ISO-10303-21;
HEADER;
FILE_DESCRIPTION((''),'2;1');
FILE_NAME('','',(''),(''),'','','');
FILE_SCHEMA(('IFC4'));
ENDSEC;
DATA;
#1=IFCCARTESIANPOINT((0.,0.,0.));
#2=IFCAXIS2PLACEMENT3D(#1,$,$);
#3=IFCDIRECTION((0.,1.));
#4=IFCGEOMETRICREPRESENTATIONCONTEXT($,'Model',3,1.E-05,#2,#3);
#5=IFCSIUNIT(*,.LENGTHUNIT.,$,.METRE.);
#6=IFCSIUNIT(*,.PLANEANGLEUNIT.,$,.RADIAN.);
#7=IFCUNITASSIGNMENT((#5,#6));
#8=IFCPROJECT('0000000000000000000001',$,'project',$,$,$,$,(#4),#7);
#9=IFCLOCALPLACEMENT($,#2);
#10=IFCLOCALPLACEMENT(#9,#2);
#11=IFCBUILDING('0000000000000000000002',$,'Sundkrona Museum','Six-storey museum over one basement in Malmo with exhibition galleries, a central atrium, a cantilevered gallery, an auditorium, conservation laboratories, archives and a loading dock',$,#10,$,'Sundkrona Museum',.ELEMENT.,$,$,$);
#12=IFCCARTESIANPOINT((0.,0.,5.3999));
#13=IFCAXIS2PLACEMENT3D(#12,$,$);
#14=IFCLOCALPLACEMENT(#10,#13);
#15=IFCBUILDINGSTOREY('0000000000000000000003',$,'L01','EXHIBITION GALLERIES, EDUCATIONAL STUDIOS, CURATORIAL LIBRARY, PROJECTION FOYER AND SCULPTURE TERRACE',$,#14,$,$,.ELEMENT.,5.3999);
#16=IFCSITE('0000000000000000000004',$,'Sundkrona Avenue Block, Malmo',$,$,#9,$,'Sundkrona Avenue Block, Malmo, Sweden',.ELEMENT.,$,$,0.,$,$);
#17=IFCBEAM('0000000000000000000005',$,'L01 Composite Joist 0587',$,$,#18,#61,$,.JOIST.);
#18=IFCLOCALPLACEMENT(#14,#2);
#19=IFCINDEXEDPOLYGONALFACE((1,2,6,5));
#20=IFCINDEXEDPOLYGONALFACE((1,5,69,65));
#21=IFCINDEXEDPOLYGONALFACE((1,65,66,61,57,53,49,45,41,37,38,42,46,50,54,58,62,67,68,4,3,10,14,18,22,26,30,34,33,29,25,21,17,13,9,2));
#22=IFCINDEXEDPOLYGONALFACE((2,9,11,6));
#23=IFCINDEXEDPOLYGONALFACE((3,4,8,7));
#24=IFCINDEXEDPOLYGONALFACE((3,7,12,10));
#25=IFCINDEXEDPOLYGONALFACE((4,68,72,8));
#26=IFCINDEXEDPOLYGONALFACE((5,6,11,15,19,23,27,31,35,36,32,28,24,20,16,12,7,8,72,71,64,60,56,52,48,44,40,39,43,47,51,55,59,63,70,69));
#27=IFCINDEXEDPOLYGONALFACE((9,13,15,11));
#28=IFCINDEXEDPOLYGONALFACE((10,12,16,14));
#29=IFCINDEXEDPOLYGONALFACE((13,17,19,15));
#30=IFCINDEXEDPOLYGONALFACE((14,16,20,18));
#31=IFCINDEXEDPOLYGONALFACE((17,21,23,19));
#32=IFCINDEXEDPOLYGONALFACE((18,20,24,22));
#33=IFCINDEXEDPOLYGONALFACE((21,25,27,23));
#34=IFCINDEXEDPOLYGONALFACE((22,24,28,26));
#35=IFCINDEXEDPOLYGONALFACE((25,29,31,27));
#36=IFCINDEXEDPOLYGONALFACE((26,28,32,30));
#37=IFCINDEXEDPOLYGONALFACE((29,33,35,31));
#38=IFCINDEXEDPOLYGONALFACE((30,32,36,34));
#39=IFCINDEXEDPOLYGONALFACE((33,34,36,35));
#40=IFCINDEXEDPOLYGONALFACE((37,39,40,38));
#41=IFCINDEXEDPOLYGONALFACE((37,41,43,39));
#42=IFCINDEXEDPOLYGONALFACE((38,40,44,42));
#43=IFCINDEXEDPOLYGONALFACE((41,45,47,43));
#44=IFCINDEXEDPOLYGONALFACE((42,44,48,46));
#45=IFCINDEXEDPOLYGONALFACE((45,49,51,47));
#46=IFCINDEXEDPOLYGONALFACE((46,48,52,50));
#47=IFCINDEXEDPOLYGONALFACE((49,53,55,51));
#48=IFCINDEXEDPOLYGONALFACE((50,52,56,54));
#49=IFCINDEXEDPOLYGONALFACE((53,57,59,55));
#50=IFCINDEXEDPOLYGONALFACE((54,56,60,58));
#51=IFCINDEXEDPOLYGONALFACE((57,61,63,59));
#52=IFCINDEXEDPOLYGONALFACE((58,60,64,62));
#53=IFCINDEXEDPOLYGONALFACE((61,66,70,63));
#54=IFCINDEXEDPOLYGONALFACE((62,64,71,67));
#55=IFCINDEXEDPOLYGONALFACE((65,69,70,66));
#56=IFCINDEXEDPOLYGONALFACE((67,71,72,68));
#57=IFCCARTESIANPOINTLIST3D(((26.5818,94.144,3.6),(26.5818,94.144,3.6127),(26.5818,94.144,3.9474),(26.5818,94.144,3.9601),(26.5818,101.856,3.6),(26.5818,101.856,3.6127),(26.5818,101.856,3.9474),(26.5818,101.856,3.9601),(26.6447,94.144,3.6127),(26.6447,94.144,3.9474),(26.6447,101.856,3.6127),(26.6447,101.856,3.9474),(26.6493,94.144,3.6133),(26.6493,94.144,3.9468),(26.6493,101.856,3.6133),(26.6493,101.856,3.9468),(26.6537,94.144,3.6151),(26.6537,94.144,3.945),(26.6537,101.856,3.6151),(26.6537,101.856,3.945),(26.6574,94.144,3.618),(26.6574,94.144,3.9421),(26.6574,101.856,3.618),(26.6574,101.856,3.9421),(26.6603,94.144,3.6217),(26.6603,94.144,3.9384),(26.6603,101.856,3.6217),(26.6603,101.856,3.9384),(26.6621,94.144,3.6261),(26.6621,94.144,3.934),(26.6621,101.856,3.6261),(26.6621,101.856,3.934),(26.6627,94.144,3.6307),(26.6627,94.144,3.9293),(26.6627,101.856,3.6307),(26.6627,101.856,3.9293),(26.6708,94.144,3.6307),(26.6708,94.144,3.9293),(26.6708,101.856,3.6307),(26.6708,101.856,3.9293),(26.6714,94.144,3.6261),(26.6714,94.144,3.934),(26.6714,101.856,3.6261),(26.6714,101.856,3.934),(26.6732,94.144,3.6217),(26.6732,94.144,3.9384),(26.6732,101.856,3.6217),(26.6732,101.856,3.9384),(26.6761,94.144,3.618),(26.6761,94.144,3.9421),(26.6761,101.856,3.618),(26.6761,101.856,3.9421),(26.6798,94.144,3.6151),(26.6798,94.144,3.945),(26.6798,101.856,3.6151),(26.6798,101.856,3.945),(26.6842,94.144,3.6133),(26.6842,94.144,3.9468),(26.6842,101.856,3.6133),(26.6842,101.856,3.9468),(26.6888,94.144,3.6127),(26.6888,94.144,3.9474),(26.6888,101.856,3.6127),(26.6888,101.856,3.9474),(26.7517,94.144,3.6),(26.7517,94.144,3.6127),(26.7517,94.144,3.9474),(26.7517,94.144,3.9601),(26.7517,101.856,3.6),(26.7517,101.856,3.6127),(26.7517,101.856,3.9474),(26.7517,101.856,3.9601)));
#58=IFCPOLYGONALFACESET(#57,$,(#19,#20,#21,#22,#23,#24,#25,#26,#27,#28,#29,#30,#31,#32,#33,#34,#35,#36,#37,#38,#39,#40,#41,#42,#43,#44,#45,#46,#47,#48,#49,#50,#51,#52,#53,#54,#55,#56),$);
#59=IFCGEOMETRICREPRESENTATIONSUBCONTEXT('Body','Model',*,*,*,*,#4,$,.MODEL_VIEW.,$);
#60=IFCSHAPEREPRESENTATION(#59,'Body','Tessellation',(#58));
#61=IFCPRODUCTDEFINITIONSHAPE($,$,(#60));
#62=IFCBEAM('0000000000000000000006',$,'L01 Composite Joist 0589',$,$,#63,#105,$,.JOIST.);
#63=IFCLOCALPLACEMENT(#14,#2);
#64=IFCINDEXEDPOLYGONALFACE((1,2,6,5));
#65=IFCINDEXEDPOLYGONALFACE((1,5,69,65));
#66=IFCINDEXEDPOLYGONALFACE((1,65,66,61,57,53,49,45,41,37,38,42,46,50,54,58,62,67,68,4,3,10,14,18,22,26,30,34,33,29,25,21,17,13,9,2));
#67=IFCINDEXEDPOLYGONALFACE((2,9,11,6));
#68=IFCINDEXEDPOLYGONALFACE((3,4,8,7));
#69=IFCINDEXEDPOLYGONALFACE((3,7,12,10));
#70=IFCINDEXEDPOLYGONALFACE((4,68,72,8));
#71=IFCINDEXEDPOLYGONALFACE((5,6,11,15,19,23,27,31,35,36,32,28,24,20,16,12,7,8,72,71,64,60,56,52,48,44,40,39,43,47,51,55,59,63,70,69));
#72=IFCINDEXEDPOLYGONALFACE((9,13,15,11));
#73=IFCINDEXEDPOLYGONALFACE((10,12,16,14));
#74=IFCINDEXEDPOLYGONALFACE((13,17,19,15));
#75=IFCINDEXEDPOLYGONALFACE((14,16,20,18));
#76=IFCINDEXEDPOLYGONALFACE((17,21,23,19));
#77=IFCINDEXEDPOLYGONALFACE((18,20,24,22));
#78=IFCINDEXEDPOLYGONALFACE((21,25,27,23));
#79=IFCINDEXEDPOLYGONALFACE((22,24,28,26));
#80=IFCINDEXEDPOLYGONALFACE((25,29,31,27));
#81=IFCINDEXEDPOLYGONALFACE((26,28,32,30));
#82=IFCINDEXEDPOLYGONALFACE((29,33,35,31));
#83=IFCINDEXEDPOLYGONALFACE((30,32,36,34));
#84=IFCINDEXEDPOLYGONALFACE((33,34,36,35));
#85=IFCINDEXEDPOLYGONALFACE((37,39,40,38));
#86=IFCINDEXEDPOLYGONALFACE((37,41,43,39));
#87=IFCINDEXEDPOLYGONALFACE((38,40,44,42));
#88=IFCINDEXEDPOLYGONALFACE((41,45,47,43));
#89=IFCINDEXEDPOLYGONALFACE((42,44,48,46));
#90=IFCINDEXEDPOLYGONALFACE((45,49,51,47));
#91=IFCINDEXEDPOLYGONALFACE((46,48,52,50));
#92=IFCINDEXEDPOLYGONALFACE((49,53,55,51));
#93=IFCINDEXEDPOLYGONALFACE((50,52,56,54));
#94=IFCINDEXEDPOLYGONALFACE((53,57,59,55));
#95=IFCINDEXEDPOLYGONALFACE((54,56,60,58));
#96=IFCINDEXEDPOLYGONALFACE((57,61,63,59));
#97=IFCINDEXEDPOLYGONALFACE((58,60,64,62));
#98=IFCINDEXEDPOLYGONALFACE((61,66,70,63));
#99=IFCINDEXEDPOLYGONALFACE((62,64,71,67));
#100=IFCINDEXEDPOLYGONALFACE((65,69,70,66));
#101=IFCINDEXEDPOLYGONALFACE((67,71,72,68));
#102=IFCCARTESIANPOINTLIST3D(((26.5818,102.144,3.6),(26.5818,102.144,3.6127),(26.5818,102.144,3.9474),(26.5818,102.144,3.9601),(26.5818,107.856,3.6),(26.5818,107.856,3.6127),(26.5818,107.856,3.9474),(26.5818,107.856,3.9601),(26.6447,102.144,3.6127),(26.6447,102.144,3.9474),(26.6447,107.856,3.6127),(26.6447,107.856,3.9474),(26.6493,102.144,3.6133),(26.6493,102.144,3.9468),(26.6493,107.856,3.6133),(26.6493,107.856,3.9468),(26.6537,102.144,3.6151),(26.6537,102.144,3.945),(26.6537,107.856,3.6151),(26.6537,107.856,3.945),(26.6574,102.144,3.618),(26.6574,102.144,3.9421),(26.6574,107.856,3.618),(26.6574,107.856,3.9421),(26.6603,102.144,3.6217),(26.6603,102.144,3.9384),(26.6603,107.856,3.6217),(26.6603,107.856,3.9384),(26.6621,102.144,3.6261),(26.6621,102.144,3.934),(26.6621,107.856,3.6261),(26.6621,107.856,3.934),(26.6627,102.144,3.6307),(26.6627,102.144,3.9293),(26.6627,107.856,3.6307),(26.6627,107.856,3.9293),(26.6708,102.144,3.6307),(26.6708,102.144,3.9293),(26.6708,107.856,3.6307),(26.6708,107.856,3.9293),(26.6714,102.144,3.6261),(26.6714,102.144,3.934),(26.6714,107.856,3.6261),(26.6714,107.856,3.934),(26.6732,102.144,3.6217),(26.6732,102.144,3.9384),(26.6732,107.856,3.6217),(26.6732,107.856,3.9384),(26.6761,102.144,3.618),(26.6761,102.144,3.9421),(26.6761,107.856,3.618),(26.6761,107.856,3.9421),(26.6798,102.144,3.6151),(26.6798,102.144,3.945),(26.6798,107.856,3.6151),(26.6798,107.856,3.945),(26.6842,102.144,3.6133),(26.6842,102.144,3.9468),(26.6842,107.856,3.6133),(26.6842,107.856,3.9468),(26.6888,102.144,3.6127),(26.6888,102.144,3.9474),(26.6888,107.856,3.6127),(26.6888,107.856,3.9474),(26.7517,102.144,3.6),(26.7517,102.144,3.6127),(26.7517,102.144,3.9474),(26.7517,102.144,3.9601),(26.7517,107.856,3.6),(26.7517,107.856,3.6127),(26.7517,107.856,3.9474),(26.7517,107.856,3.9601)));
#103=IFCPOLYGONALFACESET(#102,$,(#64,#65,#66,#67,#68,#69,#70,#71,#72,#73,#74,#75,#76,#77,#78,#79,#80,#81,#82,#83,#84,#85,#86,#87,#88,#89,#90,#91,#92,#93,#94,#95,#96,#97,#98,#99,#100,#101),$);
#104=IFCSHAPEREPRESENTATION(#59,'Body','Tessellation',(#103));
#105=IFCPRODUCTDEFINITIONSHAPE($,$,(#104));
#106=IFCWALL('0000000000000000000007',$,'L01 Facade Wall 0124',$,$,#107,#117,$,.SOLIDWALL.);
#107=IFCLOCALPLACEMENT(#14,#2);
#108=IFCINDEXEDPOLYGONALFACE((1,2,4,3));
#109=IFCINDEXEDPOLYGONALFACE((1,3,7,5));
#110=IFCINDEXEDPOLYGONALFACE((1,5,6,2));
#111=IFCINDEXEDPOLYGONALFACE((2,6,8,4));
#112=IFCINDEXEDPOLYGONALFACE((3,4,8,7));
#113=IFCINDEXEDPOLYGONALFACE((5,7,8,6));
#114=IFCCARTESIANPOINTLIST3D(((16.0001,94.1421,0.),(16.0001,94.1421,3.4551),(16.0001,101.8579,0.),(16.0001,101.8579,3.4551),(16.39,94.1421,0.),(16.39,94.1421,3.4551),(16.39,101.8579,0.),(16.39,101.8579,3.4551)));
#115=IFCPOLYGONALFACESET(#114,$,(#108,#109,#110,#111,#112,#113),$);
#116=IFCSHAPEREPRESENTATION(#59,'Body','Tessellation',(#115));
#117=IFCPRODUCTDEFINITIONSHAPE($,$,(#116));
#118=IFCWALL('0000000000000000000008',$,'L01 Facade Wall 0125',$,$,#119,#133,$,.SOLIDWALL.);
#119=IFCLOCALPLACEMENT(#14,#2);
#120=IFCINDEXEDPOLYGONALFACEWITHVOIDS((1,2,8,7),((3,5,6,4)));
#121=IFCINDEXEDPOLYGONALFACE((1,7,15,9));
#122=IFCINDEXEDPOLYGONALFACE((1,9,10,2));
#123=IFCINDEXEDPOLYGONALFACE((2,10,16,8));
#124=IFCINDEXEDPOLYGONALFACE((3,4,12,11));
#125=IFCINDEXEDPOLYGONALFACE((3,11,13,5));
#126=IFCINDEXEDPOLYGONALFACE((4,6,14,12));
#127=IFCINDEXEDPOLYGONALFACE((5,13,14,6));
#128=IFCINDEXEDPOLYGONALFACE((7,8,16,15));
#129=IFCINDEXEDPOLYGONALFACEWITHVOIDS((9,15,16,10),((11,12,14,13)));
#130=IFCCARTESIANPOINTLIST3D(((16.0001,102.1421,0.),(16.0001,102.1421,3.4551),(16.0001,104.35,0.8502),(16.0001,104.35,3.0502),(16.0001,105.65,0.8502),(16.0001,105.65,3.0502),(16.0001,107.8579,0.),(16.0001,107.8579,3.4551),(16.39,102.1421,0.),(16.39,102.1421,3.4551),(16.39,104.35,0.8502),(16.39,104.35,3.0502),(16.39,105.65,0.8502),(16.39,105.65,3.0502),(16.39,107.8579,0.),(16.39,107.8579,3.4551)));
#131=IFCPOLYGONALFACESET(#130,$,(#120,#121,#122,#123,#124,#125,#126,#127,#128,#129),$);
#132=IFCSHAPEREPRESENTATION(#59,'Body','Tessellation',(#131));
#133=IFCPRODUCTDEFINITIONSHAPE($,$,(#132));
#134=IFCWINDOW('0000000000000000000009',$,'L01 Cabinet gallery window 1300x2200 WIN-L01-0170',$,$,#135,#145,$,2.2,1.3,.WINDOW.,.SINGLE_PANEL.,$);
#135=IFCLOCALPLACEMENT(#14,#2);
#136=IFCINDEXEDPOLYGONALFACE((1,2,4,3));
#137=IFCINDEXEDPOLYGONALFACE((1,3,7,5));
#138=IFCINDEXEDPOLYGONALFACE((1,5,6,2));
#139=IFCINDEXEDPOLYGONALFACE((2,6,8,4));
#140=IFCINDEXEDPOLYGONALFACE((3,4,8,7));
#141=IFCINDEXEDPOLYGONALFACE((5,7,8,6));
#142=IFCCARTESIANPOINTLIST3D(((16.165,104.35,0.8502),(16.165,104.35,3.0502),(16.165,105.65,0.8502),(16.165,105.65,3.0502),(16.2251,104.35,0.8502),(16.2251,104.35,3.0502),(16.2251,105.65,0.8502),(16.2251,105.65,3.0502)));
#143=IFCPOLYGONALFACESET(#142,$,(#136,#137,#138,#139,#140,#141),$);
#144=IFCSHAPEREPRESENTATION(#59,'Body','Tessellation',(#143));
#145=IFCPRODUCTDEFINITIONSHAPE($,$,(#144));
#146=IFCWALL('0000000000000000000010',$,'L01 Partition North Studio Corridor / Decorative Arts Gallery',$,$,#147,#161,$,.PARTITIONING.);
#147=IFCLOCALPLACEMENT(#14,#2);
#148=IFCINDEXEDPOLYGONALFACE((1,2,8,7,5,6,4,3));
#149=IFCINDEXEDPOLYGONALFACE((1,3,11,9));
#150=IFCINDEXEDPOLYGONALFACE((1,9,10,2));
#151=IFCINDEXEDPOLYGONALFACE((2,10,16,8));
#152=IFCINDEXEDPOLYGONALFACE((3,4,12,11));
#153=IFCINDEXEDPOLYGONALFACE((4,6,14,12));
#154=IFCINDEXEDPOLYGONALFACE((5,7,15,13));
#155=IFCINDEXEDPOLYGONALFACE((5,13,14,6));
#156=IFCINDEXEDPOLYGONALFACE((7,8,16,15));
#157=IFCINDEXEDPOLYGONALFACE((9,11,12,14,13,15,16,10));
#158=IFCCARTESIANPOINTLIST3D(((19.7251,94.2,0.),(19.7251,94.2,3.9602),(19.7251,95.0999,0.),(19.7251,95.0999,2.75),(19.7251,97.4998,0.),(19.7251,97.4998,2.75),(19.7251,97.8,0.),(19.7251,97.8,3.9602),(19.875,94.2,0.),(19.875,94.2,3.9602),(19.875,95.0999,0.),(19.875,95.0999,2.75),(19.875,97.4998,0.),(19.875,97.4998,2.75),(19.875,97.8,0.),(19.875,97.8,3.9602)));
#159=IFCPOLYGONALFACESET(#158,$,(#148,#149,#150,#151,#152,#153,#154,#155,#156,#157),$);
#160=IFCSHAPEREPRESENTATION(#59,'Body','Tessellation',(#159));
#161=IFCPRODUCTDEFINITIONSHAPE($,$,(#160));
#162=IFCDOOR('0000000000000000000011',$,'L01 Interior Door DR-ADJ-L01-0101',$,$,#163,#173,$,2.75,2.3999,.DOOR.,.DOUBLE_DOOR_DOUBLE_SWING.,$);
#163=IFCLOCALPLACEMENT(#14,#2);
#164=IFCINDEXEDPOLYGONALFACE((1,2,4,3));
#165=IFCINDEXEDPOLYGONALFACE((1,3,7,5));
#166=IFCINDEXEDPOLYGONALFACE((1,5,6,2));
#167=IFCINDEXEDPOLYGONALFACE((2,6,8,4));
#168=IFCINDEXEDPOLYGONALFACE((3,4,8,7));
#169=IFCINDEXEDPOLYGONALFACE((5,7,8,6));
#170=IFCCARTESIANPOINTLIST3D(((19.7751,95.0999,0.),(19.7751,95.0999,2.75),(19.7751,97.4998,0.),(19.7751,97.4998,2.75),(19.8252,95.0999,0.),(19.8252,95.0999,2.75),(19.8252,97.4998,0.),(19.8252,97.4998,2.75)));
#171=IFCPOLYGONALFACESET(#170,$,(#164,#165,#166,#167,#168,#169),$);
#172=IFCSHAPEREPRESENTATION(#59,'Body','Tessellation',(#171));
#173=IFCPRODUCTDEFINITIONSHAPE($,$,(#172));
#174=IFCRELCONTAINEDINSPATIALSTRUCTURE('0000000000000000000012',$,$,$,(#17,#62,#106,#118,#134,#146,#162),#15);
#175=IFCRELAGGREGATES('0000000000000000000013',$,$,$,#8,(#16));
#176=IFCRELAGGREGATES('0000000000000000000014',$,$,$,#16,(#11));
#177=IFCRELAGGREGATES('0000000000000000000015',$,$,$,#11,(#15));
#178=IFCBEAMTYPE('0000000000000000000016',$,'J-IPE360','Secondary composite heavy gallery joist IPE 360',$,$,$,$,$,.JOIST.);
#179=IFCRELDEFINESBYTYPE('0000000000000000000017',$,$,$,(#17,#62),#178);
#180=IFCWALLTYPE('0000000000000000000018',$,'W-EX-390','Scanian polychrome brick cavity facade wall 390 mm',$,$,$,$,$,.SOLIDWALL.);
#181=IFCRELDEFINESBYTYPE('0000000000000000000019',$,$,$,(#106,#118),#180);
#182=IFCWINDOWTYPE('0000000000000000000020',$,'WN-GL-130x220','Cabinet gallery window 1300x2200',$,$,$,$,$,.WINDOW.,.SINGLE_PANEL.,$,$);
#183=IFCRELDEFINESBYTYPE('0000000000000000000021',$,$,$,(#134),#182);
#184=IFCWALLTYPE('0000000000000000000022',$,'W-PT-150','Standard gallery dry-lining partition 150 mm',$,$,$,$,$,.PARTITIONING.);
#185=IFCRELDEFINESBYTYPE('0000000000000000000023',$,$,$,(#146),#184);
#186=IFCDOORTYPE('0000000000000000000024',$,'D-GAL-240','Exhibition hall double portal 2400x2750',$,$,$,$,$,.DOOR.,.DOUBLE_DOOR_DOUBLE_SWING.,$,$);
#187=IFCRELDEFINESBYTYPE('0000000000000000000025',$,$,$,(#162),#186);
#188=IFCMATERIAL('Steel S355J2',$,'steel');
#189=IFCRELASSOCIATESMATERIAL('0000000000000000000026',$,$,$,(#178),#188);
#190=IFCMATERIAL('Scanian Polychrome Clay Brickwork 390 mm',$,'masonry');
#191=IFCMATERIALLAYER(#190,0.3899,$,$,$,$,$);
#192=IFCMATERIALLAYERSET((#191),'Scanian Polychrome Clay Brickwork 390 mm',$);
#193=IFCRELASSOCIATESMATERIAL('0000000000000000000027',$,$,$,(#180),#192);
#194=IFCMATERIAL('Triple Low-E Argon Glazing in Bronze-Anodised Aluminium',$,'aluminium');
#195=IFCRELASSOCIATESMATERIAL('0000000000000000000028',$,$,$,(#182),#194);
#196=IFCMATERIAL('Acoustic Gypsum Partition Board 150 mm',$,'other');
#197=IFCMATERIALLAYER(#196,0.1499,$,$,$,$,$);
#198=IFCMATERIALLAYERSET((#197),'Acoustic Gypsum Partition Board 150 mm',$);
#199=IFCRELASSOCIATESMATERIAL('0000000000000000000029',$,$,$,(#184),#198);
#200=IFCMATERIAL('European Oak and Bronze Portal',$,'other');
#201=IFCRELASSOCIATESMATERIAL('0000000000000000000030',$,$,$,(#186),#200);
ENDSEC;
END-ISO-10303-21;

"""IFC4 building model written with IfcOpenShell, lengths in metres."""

from ifc_helpers import new_model, si_unit, direction, frame, frame_2d, origin, origin_2d, place, context, subcontext, project, spatial, rectangle, i_section, extrude, material, layer, layer_set, material_profile, profile_set, type_object, element, fill, save


model = new_model("IFC4")

# Units and contexts
model_context = context("Model", 3, precision=1e-05, world=origin(), true_north=direction((0.0, 1.0)))
body_context = subcontext(model_context, "Body", "Model", "MODEL_VIEW")
ifc_project = project(units=[si_unit("LENGTHUNIT", "METRE"), si_unit("PLANEANGLEUNIT", "RADIAN")], contexts=[model_context])

# Site, building, storey
site_placement = place(None, origin())
site = spatial("IfcSite", under=ifc_project, at=site_placement, Name="Sundkrona Avenue Block, Malmo", LongName="Sundkrona Avenue Block, Malmo, Sweden", CompositionType="ELEMENT", RefElevation=0.0)
building_placement = place(site_placement, origin())
building = spatial("IfcBuilding", under=site, at=building_placement, Name="Sundkrona Museum", Description="Six-storey museum over one basement in Malmo with exhibition galleries, a central atrium, a cantilevered gallery, an auditorium, conservation laboratories, archives and a loading dock", LongName="Sundkrona Museum", CompositionType="ELEMENT")
storey_placement = place(building_placement, frame((0.0, 0.0, 5.3999)))
storey = spatial("IfcBuildingStorey", under=building, at=storey_placement, Name="L01", Description="EXHIBITION GALLERIES, EDUCATIONAL STUDIOS, CURATORIAL LIBRARY, PROJECTION FOYER AND SCULPTURE TERRACE", CompositionType="ELEMENT", Elevation=5.3999)

# Shared definitions
ifc_material_1 = material(Name="Steel S355J2", Category="steel")

# Beams
ifc_material_profile_1 = material_profile(ifc_material_1, i_section(OverallWidth=0.1699, OverallDepth=0.3601, WebThickness=0.0081, FlangeThickness=0.0127, FilletRadius=0.0181, at=origin_2d()), Name="IPE 360")
ifc_profile_set_1 = profile_set([ifc_material_profile_1], Name="Steel S355J2")
beam_type_1 = type_object("IfcBeamType", Name="J-IPE360", Description="Secondary composite heavy gallery joist IPE 360", PredefinedType="JOIST", material=ifc_profile_set_1)
beam_1_placement = place(storey_placement, frame((26.6667, 94.144, 3.78), z_axis=(0.0, 1.0, 0.0), x_axis=(-1.0, 0.0, 0.0)))
element("IfcBeam", 1, at=beam_1_placement, inside=storey, type_object=beam_type_1, Name="L01 Composite Joist 0587", PredefinedType="JOIST", context=body_context, shape_type="SweptSolid", body=[
    extrude(i_section(OverallWidth=0.1699, OverallDepth=0.3601, WebThickness=0.0081, FlangeThickness=0.0127, FilletRadius=0.0181, at=origin_2d()), origin(), (0.0, 0.0, 1.0), 7.7119),
])
beam_2_placement = place(storey_placement, frame((26.6667, 102.144, 3.78), z_axis=(0.0, 1.0, 0.0), x_axis=(-1.0, 0.0, 0.0)))
element("IfcBeam", 2, at=beam_2_placement, inside=storey, type_object=beam_type_1, Name="L01 Composite Joist 0589", PredefinedType="JOIST", context=body_context, shape_type="SweptSolid", body=[
    extrude(i_section(OverallWidth=0.1699, OverallDepth=0.3601, WebThickness=0.0081, FlangeThickness=0.0127, FilletRadius=0.0181, at=origin_2d()), origin(), (0.0, 0.0, 1.0), 5.7119),
])

# Wall
ifc_material_2 = material(Name="Scanian Polychrome Clay Brickwork 390 mm", Category="masonry")
ifc_layer_1 = layer(ifc_material_2, 0.3899)
ifc_layer_set_1 = layer_set([ifc_layer_1], Name="Scanian Polychrome Clay Brickwork 390 mm")
wall_type_1 = type_object("IfcWallType", Name="W-EX-390", Description="Scanian polychrome brick cavity facade wall 390 mm", PredefinedType="SOLIDWALL", material=ifc_layer_set_1)
wall_1_placement = place(storey_placement, frame((16.1951, 94.1421, 0.0), z_axis=(0.0, 0.0, 1.0), x_axis=(0.0, 1.0, 0.0)))
element("IfcWall", 3, at=wall_1_placement, inside=storey, type_object=wall_type_1, Name="L01 Facade Wall 0124", PredefinedType="SOLIDWALL", context=body_context, shape_type="SweptSolid", body=[
    extrude(rectangle(XDim=7.7158, YDim=0.3899, at=frame_2d((3.8579, 0.0))), origin(), (0.0, 0.0, 1.0), 3.4551),
])

# Wall, opening, window
wall_2_placement = place(storey_placement, frame((16.1951, 102.1421, 0.0), z_axis=(0.0, 0.0, 1.0), x_axis=(0.0, 1.0, 0.0)))
wall_2 = element("IfcWall", 4, at=wall_2_placement, inside=storey, type_object=wall_type_1, Name="L01 Facade Wall 0125", PredefinedType="SOLIDWALL", context=body_context, shape_type="SweptSolid", body=[
    extrude(rectangle(XDim=5.7158, YDim=0.3899, at=frame_2d((2.8579, 0.0))), origin(), (0.0, 0.0, 1.0), 3.4551),
])
opening_1_placement = place(wall_2_placement, frame((2.208, 0.0, 0.8501)))
opening_1 = element("IfcOpeningElement", 5, at=opening_1_placement, cuts=wall_2, PredefinedType="OPENING", context=body_context, shape_type="SweptSolid", body=[
    extrude(rectangle(XDim=1.3, YDim=2.2, at=frame_2d((0.6499, 1.1001))), frame((0.0, 0.2048, 0.0), z_axis=(0.0, -1.0, 0.0), x_axis=(1.0, 0.0, 0.0)), (0.0, 0.0, 1.0), 0.4099),
])
ifc_material_3 = material(Name="Triple Low-E Argon Glazing in Bronze-Anodised Aluminium", Category="aluminium")
window_type = type_object("IfcWindowType", Name="WN-GL-130x220", Description="Cabinet gallery window 1300x2200", PartitioningType="SINGLE_PANEL", PredefinedType="WINDOW", material=ifc_material_3)
window_placement = place(opening_1_placement, origin())
window = element("IfcWindow", 6, at=window_placement, inside=storey, type_object=window_type, Name="L01 Cabinet gallery window 1300x2200 WIN-L01-0170", OverallHeight=2.2, OverallWidth=1.3, PartitioningType="SINGLE_PANEL", PredefinedType="WINDOW", context=body_context, shape_type="SweptSolid", body=[
    extrude(rectangle(XDim=1.3, YDim=2.2, at=frame_2d((0.6499, 1.1001))), frame((0.0, 0.03, 0.0), z_axis=(0.0, -1.0, 0.0), x_axis=(1.0, 0.0, 0.0)), (0.0, 0.0, 1.0), 0.0601),
])
fill(opening_1, window)

# Wall, opening, door
ifc_material_4 = material(Name="Acoustic Gypsum Partition Board 150 mm", Category="other")
ifc_layer_2 = layer(ifc_material_4, 0.1499)
ifc_layer_set_2 = layer_set([ifc_layer_2], Name="Acoustic Gypsum Partition Board 150 mm")
wall_type_2 = type_object("IfcWallType", Name="W-PT-150", Description="Standard gallery dry-lining partition 150 mm", PredefinedType="PARTITIONING", material=ifc_layer_set_2)
wall_3_placement = place(storey_placement, frame((19.8, 94.2, 0.0), z_axis=(0.0, 0.0, 1.0), x_axis=(0.0, 1.0, 0.0)))
wall_3 = element("IfcWall", 7, at=wall_3_placement, inside=storey, type_object=wall_type_2, Name="L01 Partition North Studio Corridor / Decorative Arts Gallery", PredefinedType="PARTITIONING", context=body_context, shape_type="SweptSolid", body=[
    extrude(rectangle(XDim=3.6001, YDim=0.1499, at=frame_2d((1.8, 0.0))), origin(), (0.0, 0.0, 1.0), 3.9602),
])
opening_2_placement = place(wall_3_placement, frame((0.8999, 0.0, 0.0)))
opening_2 = element("IfcOpeningElement", 8, at=opening_2_placement, cuts=wall_3, PredefinedType="OPENING", context=body_context, shape_type="SweptSolid", body=[
    extrude(rectangle(XDim=2.3999, YDim=2.75, at=frame_2d((1.2, 1.375))), frame((0.0, 0.085, 0.0), z_axis=(0.0, -1.0, 0.0), x_axis=(1.0, 0.0, 0.0)), (0.0, 0.0, 1.0), 0.1699),
])
ifc_material_5 = material(Name="European Oak and Bronze Portal", Category="other")
door_type_1 = type_object("IfcDoorType", Name="D-GAL-240", Description="Exhibition hall double portal 2400x2750", OperationType="DOUBLE_DOOR_DOUBLE_SWING", PredefinedType="DOOR", material=ifc_material_5)
door_1_placement = place(opening_2_placement, origin())
door_1 = element("IfcDoor", 9, at=door_1_placement, inside=storey, type_object=door_type_1, Name="L01 Interior Door DR-ADJ-L01-0101", OperationType="DOUBLE_DOOR_DOUBLE_SWING", OverallHeight=2.75, OverallWidth=2.3999, PredefinedType="DOOR", context=body_context, shape_type="SweptSolid", body=[
    extrude(rectangle(XDim=2.3999, YDim=2.75, at=frame_2d((1.2, 1.375))), frame((0.0, 0.0249, 0.0), z_axis=(0.0, -1.0, 0.0), x_axis=(1.0, 0.0, 0.0)), (0.0, 0.0, 1.0), 0.05),
])
fill(opening_2, door_1)

save(model, "model.ifc")
